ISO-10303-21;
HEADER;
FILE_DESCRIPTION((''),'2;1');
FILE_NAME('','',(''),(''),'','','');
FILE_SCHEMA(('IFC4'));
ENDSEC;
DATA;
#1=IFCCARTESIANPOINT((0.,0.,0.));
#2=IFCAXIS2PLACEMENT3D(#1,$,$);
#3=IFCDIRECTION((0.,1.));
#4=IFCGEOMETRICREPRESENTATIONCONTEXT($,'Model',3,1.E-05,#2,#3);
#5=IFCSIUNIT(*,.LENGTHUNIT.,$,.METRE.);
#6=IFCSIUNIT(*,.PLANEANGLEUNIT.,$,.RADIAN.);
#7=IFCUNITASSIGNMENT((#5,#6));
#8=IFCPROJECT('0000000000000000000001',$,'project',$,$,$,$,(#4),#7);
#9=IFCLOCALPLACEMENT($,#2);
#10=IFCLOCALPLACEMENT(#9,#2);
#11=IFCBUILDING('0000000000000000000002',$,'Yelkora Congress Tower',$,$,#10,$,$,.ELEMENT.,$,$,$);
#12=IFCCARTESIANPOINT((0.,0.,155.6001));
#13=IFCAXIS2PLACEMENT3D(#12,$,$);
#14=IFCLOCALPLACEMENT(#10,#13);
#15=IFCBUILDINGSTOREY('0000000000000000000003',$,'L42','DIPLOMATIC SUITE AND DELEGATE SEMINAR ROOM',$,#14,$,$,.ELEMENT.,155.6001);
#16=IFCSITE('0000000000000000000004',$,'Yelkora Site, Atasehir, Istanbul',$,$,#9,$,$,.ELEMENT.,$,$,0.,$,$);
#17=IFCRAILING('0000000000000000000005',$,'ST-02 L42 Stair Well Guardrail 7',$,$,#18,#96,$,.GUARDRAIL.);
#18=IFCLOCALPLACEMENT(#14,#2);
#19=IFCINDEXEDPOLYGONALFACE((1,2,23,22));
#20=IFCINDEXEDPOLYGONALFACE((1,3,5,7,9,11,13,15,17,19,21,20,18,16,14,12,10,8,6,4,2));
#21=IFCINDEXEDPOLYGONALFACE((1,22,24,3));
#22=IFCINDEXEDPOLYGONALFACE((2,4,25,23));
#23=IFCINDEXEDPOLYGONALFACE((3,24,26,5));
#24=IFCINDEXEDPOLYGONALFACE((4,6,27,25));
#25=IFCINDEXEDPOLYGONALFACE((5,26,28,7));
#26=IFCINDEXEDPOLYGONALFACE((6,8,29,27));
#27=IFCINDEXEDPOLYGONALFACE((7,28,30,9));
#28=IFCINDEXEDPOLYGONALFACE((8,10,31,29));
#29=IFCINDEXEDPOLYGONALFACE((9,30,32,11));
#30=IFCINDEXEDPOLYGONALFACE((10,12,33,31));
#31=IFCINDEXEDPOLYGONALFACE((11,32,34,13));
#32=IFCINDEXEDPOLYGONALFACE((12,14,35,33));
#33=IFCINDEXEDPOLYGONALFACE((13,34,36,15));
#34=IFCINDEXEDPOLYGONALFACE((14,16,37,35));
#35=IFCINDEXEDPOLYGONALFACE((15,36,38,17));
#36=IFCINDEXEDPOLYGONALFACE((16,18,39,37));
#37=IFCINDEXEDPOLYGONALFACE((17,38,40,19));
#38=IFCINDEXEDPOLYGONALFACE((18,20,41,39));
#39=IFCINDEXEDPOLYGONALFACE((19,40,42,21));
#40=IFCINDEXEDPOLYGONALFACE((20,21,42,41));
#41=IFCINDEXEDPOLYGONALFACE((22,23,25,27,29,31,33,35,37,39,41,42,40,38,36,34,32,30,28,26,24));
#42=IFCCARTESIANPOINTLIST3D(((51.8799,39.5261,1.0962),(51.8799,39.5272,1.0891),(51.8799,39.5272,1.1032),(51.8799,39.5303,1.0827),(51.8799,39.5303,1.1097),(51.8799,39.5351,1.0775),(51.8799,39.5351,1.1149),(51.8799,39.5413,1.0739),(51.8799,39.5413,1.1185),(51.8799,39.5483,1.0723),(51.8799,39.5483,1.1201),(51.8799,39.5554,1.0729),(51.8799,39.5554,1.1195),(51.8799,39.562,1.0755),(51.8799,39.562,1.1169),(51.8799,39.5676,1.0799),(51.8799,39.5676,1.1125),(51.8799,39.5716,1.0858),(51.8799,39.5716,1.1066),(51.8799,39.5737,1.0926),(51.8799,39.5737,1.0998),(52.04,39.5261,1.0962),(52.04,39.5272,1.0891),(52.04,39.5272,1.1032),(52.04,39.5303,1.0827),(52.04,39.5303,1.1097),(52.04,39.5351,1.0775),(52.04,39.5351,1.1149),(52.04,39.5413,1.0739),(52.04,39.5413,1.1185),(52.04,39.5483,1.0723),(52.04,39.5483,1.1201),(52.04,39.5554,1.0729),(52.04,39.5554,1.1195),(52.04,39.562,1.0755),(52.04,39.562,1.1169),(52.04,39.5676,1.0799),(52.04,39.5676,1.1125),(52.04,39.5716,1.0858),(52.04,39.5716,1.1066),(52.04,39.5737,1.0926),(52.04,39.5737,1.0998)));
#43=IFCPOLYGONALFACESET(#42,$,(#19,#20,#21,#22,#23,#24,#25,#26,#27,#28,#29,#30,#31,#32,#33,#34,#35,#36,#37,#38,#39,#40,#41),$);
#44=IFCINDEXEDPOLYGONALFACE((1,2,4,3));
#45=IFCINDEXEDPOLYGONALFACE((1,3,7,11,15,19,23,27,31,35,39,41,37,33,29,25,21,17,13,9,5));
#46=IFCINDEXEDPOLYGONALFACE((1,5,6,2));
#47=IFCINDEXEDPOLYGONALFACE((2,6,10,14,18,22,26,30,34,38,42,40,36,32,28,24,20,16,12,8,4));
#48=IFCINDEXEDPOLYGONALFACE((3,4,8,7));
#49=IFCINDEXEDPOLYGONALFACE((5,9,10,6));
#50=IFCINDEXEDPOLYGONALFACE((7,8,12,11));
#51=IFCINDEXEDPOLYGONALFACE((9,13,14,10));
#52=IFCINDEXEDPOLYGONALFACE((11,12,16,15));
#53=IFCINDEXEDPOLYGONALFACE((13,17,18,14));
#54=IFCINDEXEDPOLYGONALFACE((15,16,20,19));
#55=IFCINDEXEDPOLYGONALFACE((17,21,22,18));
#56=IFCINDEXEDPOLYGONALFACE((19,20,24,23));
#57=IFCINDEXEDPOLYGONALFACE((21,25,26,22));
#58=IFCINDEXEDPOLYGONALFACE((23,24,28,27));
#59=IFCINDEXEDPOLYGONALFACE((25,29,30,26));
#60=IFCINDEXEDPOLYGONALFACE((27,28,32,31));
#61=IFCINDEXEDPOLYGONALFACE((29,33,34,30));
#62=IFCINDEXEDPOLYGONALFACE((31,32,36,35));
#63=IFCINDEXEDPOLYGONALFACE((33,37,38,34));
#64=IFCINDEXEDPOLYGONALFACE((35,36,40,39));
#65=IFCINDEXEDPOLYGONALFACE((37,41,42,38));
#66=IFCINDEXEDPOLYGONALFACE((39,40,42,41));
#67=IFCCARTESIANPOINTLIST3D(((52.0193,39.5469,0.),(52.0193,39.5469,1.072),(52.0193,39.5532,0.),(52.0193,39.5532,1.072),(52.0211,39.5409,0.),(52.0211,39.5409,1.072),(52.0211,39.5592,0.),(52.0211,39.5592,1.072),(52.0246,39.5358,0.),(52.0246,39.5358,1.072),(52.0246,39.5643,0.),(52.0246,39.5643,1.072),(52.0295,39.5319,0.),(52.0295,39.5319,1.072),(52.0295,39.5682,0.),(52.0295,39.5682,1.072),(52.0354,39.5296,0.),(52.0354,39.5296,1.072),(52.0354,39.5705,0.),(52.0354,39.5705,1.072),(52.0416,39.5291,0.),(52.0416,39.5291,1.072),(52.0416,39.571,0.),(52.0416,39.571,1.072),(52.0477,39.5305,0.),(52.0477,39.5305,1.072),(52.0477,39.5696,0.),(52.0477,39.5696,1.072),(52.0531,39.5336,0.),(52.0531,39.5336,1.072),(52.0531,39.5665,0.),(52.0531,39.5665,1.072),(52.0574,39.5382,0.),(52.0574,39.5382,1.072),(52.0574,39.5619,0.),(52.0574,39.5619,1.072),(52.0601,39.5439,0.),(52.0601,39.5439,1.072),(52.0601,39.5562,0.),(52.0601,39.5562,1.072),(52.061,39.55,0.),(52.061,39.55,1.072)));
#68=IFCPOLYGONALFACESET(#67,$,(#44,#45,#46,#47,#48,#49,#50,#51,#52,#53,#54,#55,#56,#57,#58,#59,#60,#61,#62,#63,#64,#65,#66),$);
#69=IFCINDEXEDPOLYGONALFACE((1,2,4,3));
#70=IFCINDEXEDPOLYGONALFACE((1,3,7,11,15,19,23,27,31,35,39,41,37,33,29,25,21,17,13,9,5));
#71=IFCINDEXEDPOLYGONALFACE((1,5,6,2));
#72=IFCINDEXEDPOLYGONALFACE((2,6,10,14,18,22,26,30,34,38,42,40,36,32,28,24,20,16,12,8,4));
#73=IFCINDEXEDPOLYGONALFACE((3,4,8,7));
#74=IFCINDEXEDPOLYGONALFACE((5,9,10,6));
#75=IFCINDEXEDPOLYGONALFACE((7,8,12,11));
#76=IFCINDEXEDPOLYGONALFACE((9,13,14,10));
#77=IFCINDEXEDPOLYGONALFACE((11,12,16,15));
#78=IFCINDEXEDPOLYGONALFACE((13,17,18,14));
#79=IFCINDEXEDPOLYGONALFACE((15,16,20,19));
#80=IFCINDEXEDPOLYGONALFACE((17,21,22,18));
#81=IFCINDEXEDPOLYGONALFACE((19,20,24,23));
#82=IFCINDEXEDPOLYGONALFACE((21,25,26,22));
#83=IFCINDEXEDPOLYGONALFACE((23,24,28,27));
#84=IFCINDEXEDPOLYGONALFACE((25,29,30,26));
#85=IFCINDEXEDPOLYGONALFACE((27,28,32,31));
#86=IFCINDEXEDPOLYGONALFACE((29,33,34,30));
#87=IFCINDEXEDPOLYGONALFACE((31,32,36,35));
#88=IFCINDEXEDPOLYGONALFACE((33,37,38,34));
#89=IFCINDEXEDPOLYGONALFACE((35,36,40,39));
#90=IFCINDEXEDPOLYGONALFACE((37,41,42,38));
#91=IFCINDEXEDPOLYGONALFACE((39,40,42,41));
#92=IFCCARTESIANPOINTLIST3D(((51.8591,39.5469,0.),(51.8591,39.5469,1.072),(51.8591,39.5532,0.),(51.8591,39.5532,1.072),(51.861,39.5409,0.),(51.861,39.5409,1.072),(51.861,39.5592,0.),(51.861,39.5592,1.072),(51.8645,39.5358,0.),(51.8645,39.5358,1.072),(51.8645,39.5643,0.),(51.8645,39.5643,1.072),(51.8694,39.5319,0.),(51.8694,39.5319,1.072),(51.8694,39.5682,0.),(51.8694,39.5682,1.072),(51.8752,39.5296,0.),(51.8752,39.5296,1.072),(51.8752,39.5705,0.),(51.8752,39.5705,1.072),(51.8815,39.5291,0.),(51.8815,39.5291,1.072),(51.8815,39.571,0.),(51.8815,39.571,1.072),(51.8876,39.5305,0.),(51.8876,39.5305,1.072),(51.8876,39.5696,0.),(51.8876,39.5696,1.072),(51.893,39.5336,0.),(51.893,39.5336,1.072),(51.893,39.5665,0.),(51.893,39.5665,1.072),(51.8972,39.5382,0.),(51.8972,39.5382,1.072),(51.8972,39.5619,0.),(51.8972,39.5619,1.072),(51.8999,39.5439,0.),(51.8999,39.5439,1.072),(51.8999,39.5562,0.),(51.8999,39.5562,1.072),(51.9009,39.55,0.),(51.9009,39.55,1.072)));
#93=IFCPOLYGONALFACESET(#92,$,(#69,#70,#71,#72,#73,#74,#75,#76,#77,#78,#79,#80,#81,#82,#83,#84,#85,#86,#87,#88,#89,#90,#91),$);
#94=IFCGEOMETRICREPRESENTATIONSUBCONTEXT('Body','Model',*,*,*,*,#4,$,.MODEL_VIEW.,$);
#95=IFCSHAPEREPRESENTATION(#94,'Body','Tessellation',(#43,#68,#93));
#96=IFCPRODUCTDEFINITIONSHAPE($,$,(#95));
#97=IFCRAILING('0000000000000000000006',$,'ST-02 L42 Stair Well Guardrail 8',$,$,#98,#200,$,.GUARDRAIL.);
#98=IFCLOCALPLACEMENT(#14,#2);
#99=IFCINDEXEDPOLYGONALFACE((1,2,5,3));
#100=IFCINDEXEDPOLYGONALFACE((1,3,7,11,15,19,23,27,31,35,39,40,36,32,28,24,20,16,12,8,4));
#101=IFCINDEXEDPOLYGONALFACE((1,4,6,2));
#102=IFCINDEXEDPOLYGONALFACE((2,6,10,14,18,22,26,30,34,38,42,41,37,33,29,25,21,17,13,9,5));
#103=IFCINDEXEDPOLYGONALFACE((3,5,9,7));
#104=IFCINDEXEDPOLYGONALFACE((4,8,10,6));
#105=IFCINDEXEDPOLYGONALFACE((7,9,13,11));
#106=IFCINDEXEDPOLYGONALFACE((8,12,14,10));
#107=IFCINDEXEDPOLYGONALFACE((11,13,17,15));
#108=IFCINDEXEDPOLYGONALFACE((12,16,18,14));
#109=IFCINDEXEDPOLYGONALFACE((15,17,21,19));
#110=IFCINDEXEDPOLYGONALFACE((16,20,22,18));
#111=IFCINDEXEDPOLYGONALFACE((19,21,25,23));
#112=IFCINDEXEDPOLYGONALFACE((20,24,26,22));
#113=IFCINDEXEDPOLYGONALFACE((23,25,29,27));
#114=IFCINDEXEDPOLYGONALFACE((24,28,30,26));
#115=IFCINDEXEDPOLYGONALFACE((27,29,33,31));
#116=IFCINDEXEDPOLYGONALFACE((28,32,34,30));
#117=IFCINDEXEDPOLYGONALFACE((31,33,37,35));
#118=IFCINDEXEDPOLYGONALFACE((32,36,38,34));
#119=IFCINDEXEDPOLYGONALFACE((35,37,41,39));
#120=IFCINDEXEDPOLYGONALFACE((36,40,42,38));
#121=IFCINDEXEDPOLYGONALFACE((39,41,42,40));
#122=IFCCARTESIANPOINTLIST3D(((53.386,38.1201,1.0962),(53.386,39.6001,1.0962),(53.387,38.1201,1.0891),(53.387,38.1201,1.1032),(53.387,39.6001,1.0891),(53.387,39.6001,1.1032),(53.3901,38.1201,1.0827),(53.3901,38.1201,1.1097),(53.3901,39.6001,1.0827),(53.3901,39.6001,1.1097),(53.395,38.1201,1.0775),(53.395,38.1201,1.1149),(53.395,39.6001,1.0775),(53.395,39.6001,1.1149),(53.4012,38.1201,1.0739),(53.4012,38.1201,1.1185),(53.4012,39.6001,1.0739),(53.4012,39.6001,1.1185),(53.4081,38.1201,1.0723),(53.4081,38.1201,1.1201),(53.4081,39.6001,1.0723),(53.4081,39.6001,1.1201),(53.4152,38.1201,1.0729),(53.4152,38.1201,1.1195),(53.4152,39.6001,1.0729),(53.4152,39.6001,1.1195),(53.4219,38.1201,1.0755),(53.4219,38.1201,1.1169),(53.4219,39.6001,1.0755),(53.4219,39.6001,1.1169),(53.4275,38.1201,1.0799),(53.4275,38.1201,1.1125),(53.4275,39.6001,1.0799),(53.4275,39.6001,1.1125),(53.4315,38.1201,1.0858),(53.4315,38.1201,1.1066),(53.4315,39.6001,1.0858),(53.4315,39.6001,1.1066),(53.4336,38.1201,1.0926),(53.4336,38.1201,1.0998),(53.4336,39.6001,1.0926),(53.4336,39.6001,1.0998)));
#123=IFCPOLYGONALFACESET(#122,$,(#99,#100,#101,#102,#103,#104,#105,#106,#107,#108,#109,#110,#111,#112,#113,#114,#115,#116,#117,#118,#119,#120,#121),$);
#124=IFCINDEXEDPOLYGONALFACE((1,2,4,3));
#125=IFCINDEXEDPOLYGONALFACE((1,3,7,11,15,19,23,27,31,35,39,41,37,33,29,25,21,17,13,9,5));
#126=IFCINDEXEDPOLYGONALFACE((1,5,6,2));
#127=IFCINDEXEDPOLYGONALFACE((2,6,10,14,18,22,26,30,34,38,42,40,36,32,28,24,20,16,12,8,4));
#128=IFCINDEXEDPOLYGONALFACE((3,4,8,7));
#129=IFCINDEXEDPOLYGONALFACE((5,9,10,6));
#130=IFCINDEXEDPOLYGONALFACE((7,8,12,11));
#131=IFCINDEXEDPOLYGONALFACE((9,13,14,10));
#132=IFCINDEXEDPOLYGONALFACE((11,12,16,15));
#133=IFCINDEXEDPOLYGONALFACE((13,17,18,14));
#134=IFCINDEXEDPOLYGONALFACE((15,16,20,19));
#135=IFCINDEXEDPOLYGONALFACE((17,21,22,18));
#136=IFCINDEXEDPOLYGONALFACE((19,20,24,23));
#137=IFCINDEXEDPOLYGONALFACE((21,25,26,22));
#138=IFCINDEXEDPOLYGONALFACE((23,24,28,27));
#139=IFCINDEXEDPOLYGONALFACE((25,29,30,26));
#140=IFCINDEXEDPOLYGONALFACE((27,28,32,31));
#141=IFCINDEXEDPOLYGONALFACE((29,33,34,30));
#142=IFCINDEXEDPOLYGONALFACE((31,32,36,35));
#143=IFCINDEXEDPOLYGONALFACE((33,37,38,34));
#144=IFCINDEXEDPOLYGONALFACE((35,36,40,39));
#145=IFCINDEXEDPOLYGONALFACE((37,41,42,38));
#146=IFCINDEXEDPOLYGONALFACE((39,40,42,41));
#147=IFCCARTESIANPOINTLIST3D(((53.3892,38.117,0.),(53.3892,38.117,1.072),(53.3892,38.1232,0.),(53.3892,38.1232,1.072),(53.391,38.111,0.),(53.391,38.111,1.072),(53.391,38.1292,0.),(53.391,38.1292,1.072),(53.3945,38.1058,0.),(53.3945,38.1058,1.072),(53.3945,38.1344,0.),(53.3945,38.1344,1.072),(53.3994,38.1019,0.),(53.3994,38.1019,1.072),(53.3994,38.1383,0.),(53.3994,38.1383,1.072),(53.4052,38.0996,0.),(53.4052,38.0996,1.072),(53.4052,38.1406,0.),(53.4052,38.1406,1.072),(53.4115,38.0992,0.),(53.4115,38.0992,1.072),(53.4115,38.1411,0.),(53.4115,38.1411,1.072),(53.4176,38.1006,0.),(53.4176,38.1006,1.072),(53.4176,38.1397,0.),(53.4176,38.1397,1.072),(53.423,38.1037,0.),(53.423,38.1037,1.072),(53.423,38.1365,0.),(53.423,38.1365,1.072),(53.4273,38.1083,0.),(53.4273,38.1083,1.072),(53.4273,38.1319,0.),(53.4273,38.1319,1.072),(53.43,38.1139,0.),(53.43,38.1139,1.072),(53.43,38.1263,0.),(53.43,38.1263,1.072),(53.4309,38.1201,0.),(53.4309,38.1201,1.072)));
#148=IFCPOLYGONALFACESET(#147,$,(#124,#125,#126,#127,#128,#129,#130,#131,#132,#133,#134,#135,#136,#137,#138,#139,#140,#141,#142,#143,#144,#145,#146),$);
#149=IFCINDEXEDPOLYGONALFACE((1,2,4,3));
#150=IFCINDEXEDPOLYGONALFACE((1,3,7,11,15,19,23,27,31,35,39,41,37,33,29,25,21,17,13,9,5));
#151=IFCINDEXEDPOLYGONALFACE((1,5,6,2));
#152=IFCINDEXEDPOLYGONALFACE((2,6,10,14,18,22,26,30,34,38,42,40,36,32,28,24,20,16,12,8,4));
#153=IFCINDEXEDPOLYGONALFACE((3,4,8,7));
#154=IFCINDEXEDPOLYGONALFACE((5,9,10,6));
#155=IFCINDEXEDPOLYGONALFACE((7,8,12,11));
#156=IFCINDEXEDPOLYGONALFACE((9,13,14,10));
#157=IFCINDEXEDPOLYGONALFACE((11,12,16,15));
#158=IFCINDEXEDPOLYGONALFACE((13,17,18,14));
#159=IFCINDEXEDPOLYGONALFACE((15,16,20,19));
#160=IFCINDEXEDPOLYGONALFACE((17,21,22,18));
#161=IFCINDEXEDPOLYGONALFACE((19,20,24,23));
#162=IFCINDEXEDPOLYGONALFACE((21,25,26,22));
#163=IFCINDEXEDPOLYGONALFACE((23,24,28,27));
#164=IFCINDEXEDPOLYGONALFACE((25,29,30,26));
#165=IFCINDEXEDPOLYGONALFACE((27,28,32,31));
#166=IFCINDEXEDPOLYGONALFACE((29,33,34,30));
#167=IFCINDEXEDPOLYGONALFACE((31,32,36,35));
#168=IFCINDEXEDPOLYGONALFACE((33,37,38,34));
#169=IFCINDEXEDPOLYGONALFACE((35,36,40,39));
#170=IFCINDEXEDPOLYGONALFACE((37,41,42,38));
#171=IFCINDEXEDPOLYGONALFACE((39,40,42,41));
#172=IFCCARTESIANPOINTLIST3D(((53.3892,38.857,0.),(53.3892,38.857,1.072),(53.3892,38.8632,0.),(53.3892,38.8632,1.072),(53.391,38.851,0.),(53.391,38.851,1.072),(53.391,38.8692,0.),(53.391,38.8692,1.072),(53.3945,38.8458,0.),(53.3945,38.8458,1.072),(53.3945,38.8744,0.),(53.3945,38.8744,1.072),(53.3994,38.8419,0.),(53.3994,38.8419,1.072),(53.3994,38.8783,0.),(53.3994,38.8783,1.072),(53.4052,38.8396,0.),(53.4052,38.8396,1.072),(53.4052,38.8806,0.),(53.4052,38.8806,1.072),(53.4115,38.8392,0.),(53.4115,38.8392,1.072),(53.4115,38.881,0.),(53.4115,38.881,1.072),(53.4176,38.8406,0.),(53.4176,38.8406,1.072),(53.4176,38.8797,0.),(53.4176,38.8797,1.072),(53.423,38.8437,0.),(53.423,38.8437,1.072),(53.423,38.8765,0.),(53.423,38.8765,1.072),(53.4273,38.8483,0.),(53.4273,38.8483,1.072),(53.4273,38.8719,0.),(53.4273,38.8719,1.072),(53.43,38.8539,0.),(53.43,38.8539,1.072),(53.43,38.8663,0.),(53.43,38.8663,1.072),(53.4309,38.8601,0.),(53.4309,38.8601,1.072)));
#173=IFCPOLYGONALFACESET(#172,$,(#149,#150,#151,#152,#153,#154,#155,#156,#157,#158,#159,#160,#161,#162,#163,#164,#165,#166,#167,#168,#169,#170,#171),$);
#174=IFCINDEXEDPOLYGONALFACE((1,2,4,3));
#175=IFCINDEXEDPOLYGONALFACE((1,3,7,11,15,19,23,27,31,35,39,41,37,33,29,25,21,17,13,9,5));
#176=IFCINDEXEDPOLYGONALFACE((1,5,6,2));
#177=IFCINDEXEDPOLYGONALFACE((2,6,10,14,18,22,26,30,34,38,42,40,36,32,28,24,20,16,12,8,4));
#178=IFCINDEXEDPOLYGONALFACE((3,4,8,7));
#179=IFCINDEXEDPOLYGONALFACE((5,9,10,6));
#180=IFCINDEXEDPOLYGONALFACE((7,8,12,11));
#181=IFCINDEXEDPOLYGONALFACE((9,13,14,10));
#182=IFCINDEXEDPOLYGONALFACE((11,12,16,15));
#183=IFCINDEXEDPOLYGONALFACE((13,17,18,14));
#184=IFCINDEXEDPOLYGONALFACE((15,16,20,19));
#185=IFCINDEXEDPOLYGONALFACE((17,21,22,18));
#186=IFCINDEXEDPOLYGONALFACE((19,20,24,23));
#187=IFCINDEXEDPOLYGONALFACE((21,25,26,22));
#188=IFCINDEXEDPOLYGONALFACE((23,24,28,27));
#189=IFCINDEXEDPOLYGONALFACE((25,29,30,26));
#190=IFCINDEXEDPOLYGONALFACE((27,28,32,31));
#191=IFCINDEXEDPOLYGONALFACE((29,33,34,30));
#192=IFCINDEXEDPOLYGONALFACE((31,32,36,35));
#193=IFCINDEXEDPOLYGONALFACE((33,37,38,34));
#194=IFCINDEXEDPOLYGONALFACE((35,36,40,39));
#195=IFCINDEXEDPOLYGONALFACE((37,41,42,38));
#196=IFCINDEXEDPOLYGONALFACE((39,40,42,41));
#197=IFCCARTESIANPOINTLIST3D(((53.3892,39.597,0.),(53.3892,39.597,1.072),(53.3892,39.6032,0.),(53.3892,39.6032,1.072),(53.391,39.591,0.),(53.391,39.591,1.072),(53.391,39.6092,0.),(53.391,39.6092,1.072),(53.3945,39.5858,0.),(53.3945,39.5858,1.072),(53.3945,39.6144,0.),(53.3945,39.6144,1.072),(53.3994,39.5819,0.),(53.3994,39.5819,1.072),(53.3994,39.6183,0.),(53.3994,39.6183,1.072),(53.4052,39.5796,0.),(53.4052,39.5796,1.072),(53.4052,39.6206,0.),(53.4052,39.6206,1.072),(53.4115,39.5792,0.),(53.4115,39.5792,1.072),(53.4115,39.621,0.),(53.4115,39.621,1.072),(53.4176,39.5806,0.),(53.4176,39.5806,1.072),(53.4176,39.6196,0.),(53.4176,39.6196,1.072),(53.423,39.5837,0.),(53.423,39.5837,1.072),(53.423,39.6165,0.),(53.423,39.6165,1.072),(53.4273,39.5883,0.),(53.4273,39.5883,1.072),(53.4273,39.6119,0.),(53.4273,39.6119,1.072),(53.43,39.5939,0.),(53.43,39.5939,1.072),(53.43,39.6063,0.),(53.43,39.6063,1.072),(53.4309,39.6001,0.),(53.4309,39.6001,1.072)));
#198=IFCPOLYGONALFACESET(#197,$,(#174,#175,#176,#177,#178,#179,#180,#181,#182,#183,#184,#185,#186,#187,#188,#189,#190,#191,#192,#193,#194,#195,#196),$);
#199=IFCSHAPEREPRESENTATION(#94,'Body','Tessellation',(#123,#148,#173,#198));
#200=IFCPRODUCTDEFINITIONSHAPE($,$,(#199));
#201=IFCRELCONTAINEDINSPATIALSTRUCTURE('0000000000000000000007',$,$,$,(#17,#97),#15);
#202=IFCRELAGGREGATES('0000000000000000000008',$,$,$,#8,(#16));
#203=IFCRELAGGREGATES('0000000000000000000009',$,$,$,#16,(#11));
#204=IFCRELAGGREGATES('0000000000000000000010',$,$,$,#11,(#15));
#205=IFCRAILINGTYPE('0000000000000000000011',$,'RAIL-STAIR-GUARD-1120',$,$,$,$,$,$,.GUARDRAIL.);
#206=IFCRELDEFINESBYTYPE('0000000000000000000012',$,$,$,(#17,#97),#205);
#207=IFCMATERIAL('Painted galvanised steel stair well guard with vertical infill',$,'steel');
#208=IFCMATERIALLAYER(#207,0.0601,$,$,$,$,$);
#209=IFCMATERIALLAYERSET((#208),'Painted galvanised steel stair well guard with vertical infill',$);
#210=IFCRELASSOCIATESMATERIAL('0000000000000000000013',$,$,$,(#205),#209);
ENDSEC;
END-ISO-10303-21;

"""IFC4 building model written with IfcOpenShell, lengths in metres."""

from ifc_helpers import new_model, si_unit, direction, frame, origin, origin_2d, place, context, subcontext, project, spatial, circle, extrude, material, layer, layer_set, type_object, element, save


model = new_model("IFC4")

# Units and contexts
model_context = context("Model", 3, precision=1e-05, world=origin(), true_north=direction((0.0, 1.0)))
body_context = subcontext(model_context, "Body", "Model", "MODEL_VIEW")
ifc_project = project(units=[si_unit("LENGTHUNIT", "METRE"), si_unit("PLANEANGLEUNIT", "RADIAN")], contexts=[model_context])

# Site, building, storey
site_placement = place(None, origin())
site = spatial("IfcSite", under=ifc_project, at=site_placement, Name="Yelkora Site, Atasehir, Istanbul", CompositionType="ELEMENT", RefElevation=0.0)
building_placement = place(site_placement, origin())
building = spatial("IfcBuilding", under=site, at=building_placement, Name="Yelkora Congress Tower", CompositionType="ELEMENT")
storey_placement = place(building_placement, frame((0.0, 0.0, 155.6001)))
storey = spatial("IfcBuildingStorey", under=building, at=storey_placement, Name="L42", Description="DIPLOMATIC SUITE AND DELEGATE SEMINAR ROOM", CompositionType="ELEMENT", Elevation=155.6001)

# Railings
ifc_material_1 = material(Name="Painted galvanised steel stair well guard with vertical infill", Category="steel")
ifc_layer_1 = layer(ifc_material_1, 0.0601)
ifc_layer_set_1 = layer_set([ifc_layer_1], Name="Painted galvanised steel stair well guard with vertical infill")
railing_type_1 = type_object("IfcRailingType", Name="RAIL-STAIR-GUARD-1120", PredefinedType="GUARDRAIL", material=ifc_layer_set_1)
railing_1_placement = place(storey_placement, frame((52.04, 39.55, 0.0)))
element("IfcRailing", 1, at=railing_1_placement, inside=storey, type_object=railing_type_1, Name="ST-02 L42 Stair Well Guardrail 7", PredefinedType="GUARDRAIL", context=body_context, shape_type="SweptSolid", body=[
    extrude(circle(Radius=0.0239, at=origin_2d()), frame((0.0, 0.0, 1.0962), z_axis=(-1.0, 0.0, 0.0), x_axis=(0.0, -1.0, 0.0)), (0.0, 0.0, 1.0), 0.1602),
    extrude(circle(Radius=0.021, at=origin_2d()), origin(), (0.0, 0.0, 1.0), 1.072),
    extrude(circle(Radius=0.021, at=origin_2d()), frame((-0.1602, 0.0, 0.0)), (0.0, 0.0, 1.0), 1.072),
])
railing_2_placement = place(storey_placement, frame((53.4099, 38.1201, 0.0)))
element("IfcRailing", 2, at=railing_2_placement, inside=storey, type_object=railing_type_1, Name="ST-02 L42 Stair Well Guardrail 8", PredefinedType="GUARDRAIL", context=body_context, shape_type="SweptSolid", body=[
    extrude(circle(Radius=0.0239, at=origin_2d()), frame((0.0, 0.0, 1.0962), z_axis=(0.0, 1.0, 0.0), x_axis=(-1.0, 0.0, 0.0)), (0.0, 0.0, 1.0), 1.48),
    extrude(circle(Radius=0.021, at=origin_2d()), origin(), (0.0, 0.0, 1.0), 1.072),
    extrude(circle(Radius=0.021, at=origin_2d()), frame((0.0, 0.74, 0.0)), (0.0, 0.0, 1.0), 1.072),
    extrude(circle(Radius=0.021, at=origin_2d()), frame((0.0, 1.48, 0.0)), (0.0, 0.0, 1.0), 1.072),
])

save(model, "model.ifc")
